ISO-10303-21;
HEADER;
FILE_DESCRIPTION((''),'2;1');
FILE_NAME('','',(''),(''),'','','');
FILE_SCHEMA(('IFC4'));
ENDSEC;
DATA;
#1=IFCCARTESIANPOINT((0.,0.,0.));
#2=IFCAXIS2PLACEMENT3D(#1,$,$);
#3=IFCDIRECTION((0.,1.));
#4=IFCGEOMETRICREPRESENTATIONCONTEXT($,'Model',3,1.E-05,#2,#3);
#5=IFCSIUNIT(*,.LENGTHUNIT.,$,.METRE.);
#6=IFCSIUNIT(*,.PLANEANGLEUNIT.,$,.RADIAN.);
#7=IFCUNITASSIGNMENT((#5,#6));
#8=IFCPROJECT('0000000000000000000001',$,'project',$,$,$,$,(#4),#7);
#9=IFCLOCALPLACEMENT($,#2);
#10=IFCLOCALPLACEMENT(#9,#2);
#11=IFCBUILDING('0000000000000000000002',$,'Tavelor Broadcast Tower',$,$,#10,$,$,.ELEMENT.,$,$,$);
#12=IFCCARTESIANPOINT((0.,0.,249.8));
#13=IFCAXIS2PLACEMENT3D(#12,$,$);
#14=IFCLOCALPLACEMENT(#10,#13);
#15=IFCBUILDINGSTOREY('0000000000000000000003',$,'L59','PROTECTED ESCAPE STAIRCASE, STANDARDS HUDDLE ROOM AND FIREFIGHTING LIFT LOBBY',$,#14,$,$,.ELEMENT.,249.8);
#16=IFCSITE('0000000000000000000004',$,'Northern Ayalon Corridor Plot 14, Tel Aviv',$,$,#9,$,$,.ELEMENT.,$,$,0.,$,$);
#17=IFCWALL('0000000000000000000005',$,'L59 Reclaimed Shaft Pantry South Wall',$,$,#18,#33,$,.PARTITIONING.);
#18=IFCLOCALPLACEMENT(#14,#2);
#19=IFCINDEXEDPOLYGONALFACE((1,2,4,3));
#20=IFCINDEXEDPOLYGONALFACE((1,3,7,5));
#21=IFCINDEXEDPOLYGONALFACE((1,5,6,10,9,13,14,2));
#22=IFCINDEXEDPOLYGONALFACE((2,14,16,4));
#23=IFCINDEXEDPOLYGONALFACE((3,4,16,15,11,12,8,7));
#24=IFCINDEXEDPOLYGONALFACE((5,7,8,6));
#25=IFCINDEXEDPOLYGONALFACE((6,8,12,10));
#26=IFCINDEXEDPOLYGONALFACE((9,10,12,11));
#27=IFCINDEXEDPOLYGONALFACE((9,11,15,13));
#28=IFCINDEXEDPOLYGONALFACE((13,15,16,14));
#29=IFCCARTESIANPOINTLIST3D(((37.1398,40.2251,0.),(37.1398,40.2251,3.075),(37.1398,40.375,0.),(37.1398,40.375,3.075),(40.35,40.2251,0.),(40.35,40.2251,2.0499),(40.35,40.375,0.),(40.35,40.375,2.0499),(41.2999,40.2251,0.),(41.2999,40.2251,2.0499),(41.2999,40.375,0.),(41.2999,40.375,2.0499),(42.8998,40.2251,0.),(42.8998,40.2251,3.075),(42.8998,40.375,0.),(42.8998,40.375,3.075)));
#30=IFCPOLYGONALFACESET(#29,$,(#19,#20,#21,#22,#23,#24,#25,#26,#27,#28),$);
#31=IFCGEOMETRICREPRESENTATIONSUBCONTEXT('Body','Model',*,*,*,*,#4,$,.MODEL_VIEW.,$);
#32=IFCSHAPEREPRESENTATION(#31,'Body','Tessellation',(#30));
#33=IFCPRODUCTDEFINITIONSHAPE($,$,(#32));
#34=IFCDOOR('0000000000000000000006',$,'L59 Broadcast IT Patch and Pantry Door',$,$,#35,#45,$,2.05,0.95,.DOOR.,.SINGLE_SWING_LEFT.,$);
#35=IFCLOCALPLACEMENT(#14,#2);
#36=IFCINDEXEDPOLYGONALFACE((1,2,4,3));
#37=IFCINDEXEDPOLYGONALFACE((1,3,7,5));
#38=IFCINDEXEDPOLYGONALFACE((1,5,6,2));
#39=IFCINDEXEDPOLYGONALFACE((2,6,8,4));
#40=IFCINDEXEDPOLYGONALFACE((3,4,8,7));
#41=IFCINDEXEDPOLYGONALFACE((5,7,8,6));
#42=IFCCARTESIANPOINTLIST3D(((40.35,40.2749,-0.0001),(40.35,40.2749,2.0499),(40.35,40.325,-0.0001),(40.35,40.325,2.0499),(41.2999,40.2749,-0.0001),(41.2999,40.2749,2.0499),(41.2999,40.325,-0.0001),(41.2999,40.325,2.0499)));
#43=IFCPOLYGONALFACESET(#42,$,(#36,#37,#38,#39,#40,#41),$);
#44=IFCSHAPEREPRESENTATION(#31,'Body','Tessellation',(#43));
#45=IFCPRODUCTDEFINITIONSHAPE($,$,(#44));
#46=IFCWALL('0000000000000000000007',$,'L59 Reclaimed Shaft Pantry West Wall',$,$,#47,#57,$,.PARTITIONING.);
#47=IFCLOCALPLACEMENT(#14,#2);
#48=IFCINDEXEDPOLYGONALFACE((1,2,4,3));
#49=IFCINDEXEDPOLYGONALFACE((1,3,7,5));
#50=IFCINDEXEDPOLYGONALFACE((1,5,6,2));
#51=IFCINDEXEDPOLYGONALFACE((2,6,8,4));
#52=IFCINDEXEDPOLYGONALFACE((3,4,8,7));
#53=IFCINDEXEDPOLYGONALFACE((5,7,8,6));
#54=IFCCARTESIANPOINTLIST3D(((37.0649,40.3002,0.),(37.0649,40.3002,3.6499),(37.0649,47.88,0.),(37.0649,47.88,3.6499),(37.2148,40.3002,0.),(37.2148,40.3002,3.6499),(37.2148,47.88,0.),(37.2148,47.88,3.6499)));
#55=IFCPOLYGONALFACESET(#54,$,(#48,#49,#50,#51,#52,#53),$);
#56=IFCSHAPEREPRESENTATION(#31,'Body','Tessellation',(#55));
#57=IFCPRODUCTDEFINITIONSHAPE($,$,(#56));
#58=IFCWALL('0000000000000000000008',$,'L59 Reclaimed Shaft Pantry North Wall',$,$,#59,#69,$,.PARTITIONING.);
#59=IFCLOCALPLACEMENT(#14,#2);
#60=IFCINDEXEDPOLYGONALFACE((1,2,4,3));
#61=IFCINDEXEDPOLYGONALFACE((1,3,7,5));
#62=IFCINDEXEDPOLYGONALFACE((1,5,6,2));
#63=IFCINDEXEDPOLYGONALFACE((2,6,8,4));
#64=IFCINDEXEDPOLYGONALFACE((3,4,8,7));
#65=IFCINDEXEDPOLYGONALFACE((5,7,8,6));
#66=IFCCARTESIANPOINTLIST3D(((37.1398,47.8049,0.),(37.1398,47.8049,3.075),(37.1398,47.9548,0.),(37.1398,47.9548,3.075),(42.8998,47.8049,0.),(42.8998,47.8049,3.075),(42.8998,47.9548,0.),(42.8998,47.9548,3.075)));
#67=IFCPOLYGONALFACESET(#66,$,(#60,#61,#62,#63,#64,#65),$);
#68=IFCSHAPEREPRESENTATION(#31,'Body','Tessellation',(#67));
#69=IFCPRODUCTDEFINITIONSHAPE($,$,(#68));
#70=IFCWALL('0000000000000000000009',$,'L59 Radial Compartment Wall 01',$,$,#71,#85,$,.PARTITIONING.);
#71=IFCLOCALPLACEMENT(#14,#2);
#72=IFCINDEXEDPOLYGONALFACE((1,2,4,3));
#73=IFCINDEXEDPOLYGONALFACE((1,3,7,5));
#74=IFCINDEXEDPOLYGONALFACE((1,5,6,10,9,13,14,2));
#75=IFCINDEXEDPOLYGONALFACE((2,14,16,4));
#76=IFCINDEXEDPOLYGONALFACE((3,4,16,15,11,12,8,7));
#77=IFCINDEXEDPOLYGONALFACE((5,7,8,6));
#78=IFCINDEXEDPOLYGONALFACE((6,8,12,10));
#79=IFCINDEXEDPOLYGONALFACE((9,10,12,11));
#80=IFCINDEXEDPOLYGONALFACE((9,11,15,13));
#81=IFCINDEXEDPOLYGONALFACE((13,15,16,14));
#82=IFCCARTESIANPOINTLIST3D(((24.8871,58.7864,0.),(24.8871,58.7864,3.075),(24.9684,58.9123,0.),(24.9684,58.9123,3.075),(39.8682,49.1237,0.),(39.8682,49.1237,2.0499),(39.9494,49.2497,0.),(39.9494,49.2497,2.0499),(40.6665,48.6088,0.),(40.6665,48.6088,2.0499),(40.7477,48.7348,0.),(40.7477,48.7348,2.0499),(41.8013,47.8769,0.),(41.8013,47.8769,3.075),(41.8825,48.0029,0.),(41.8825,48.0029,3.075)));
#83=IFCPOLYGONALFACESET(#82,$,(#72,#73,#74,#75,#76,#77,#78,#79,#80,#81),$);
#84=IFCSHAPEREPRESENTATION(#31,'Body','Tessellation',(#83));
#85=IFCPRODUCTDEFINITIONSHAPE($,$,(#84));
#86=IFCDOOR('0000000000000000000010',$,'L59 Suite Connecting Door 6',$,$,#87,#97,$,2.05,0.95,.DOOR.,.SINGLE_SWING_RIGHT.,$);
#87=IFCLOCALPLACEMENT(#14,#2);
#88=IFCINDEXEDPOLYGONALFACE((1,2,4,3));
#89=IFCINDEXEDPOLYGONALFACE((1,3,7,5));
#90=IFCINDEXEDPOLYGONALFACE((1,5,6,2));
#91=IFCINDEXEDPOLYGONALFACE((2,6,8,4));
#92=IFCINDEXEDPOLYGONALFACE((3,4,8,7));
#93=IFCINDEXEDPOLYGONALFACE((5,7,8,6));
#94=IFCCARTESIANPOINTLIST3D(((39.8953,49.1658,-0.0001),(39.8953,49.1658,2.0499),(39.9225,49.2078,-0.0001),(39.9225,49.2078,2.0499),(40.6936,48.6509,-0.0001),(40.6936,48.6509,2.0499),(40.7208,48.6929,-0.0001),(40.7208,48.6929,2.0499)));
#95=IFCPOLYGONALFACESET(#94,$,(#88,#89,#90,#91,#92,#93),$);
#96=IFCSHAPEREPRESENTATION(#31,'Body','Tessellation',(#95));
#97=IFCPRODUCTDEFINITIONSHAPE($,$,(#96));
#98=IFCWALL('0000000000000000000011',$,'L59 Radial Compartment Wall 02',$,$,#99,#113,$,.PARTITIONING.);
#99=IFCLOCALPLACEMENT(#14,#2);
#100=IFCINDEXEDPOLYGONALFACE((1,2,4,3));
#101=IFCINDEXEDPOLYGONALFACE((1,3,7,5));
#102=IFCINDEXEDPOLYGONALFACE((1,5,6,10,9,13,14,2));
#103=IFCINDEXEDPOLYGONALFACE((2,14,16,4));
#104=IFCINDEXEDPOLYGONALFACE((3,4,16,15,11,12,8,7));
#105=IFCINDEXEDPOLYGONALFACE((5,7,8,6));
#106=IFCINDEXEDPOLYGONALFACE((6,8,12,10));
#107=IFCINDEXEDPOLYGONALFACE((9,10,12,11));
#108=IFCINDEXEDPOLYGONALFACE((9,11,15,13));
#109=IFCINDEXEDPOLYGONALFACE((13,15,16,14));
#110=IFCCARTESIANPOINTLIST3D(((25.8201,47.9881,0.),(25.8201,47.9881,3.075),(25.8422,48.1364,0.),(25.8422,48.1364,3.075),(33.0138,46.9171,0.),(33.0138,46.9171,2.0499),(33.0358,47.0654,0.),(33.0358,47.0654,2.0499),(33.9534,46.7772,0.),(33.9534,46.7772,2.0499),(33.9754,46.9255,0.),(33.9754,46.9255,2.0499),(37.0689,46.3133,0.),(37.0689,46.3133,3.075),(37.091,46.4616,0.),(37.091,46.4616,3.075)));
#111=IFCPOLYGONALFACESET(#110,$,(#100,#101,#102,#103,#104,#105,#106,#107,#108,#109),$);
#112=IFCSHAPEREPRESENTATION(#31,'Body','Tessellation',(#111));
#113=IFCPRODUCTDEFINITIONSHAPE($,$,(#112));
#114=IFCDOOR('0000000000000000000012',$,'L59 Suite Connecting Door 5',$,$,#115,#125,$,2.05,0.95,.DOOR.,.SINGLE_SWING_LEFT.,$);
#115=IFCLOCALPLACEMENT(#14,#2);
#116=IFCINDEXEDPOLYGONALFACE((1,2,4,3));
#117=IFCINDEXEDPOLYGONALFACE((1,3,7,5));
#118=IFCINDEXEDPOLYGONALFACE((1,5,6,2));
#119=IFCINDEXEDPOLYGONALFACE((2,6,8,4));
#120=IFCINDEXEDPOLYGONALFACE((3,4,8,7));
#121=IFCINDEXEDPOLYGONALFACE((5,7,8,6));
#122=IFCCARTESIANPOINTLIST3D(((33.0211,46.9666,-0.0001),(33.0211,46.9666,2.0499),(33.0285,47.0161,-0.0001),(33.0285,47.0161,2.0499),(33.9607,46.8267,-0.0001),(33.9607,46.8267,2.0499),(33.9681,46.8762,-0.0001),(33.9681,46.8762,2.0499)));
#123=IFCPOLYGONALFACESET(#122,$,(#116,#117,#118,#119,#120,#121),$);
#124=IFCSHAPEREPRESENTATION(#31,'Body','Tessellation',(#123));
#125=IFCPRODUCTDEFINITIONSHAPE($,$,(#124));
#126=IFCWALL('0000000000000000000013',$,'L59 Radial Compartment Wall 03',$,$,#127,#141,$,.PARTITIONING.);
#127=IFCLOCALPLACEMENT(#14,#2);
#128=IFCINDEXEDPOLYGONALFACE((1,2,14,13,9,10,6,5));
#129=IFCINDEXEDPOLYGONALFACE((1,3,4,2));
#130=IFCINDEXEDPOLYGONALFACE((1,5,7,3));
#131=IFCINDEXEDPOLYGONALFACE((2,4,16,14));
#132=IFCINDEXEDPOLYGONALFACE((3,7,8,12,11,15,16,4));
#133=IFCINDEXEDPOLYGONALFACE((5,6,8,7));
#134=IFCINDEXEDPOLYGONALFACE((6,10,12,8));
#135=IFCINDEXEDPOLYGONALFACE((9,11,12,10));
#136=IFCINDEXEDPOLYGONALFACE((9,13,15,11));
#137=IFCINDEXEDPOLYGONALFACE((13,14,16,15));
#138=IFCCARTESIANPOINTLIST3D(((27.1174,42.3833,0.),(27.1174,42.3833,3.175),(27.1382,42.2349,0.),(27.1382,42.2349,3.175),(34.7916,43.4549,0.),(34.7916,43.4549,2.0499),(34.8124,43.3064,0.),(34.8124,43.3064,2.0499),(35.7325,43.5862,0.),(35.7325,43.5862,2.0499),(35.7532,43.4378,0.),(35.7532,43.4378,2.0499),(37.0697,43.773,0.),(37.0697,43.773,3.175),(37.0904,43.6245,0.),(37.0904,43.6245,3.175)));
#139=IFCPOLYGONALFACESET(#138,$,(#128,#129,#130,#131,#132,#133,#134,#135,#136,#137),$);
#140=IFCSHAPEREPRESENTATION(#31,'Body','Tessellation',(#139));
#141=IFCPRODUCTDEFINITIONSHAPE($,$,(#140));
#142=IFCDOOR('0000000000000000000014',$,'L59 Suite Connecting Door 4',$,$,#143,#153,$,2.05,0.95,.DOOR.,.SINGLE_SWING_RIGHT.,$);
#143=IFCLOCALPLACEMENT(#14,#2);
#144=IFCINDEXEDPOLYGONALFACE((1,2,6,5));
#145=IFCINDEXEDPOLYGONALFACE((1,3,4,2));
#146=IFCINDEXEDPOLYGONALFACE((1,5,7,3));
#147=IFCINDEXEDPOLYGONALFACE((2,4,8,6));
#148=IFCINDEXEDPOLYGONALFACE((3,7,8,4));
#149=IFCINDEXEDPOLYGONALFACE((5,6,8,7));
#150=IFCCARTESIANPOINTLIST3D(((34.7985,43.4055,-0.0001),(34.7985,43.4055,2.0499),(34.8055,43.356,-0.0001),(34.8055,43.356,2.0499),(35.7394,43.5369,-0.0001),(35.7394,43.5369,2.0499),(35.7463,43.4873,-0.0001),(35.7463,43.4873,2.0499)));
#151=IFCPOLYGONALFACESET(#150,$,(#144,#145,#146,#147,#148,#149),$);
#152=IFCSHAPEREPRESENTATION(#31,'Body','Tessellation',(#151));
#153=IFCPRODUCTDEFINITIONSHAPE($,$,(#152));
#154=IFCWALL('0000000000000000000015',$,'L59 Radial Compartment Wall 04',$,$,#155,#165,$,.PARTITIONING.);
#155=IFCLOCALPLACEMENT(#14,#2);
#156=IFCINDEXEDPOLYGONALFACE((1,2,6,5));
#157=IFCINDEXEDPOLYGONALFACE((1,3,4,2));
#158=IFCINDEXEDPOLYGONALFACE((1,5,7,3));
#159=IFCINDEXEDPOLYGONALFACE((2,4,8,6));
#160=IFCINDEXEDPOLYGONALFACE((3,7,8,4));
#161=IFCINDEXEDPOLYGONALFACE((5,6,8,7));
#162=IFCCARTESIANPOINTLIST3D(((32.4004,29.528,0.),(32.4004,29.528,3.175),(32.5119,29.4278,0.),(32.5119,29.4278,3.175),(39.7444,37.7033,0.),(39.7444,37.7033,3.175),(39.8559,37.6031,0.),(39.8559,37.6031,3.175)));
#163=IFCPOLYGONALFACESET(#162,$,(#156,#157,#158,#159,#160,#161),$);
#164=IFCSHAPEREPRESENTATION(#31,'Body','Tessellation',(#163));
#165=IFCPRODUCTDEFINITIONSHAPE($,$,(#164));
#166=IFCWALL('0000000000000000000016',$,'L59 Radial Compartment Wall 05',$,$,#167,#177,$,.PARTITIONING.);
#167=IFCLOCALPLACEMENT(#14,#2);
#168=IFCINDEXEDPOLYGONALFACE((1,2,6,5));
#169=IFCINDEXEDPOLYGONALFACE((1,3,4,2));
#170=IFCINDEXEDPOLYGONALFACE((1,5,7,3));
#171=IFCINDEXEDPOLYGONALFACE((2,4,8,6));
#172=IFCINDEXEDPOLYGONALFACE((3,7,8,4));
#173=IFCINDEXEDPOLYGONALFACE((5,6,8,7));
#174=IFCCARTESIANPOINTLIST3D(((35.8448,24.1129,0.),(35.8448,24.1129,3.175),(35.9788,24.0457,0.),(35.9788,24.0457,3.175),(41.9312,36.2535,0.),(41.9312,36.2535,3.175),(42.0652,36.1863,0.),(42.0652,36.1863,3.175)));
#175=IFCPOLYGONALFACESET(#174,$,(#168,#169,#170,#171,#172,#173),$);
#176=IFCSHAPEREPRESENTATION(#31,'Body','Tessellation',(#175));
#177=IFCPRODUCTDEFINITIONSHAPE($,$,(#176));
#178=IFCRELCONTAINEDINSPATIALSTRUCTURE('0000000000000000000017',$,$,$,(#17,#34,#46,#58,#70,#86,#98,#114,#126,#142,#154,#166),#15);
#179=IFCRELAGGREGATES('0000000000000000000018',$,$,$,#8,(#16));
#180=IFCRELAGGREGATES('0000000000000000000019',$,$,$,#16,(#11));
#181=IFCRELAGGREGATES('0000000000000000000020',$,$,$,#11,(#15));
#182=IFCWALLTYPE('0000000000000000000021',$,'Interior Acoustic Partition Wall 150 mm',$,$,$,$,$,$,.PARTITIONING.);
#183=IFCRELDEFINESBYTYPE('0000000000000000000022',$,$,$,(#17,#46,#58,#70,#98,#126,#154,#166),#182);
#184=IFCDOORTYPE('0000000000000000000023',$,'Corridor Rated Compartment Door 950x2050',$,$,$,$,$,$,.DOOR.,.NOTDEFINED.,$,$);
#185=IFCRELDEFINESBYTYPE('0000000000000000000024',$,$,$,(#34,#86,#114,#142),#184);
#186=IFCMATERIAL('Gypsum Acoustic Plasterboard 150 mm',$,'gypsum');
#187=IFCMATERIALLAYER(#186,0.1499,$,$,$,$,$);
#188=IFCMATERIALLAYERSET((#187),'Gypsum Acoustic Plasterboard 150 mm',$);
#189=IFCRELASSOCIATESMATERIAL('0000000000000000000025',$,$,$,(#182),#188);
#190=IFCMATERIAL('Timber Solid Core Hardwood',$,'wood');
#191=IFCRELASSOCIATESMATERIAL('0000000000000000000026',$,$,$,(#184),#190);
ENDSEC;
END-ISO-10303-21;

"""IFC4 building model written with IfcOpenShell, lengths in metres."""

from ifc_helpers import new_model, si_unit, direction, frame, frame_2d, origin, place, context, subcontext, project, spatial, rectangle, extrude, material, layer, layer_set, type_object, element, fill, save


model = new_model("IFC4")

# Units and contexts
model_context = context("Model", 3, precision=1e-05, world=origin(), true_north=direction((0.0, 1.0)))
body_context = subcontext(model_context, "Body", "Model", "MODEL_VIEW")
ifc_project = project(units=[si_unit("LENGTHUNIT", "METRE"), si_unit("PLANEANGLEUNIT", "RADIAN")], contexts=[model_context])

# Site, building, storey
site_placement = place(None, origin())
site = spatial("IfcSite", under=ifc_project, at=site_placement, Name="Northern Ayalon Corridor Plot 14, Tel Aviv", CompositionType="ELEMENT", RefElevation=0.0)
building_placement = place(site_placement, origin())
building = spatial("IfcBuilding", under=site, at=building_placement, Name="Tavelor Broadcast Tower", CompositionType="ELEMENT")
storey_placement = place(building_placement, frame((0.0, 0.0, 249.8)))
storey = spatial("IfcBuildingStorey", under=building, at=storey_placement, Name="L59", Description="PROTECTED ESCAPE STAIRCASE, STANDARDS HUDDLE ROOM AND FIREFIGHTING LIFT LOBBY", CompositionType="ELEMENT", Elevation=249.8)

# Wall, opening, door
ifc_material_1 = material(Name="Gypsum Acoustic Plasterboard 150 mm", Category="gypsum")
ifc_layer_1 = layer(ifc_material_1, 0.1499)
ifc_layer_set_1 = layer_set([ifc_layer_1], Name="Gypsum Acoustic Plasterboard 150 mm")
wall_type_1 = type_object("IfcWallType", Name="Interior Acoustic Partition Wall 150 mm", PredefinedType="PARTITIONING", material=ifc_layer_set_1)
wall_1_placement = place(storey_placement, frame((37.1399, 40.3, 0.0), z_axis=(0.0, 0.0, 1.0), x_axis=(1.0, 0.0, 0.0)))
wall_1 = element("IfcWall", 1, at=wall_1_placement, inside=storey, type_object=wall_type_1, Name="L59 Reclaimed Shaft Pantry South Wall", PredefinedType="PARTITIONING", context=body_context, shape_type="SweptSolid", body=[
    extrude(rectangle(XDim=5.76, YDim=0.1499, at=frame_2d((2.8799, 0.0))), origin(), (0.0, 0.0, 1.0), 3.075),
])
opening_1_placement = place(wall_1_placement, frame((3.21, 0.0, 0.0)))
opening_1 = element("IfcOpeningElement", 2, at=opening_1_placement, cuts=wall_1, PredefinedType="OPENING", context=body_context, shape_type="SweptSolid", body=[
    extrude(rectangle(XDim=0.95, YDim=2.05, at=frame_2d((0.4751, 1.0249))), frame((0.0, 0.085, 0.0), z_axis=(0.0, -1.0, 0.0), x_axis=(1.0, 0.0, 0.0)), (0.0, 0.0, 1.0), 0.1699),
])
ifc_material_2 = material(Name="Timber Solid Core Hardwood", Category="wood")
door_type_1 = type_object("IfcDoorType", Name="Corridor Rated Compartment Door 950x2050", OperationType="NOTDEFINED", PredefinedType="DOOR", material=ifc_material_2)
door_1_placement = place(opening_1_placement, origin())
door_1 = element("IfcDoor", 3, at=door_1_placement, inside=storey, type_object=door_type_1, Name="L59 Broadcast IT Patch and Pantry Door", OperationType="SINGLE_SWING_LEFT", OverallHeight=2.05, OverallWidth=0.95, PredefinedType="DOOR", context=body_context, shape_type="SweptSolid", body=[
    extrude(rectangle(XDim=0.95, YDim=2.05, at=frame_2d((0.4751, 1.0249))), frame((0.0, 0.0249, 0.0), z_axis=(0.0, -1.0, 0.0), x_axis=(1.0, 0.0, 0.0)), (0.0, 0.0, 1.0), 0.05),
])
fill(opening_1, door_1)

# Walls
wall_2_placement = place(storey_placement, frame((37.1399, 40.3, 0.0), z_axis=(0.0, 0.0, 1.0), x_axis=(0.0, 1.0, 0.0)))
element("IfcWall", 4, at=wall_2_placement, inside=storey, type_object=wall_type_1, Name="L59 Reclaimed Shaft Pantry West Wall", PredefinedType="PARTITIONING", context=body_context, shape_type="SweptSolid", body=[
    extrude(rectangle(XDim=7.5798, YDim=0.1499, at=frame_2d((3.79, 0.0))), origin(), (0.0, 0.0, 1.0), 3.6499),
])
wall_3_placement = place(storey_placement, frame((37.1399, 47.8799, 0.0), z_axis=(0.0, 0.0, 1.0), x_axis=(1.0, 0.0, 0.0)))
element("IfcWall", 5, at=wall_3_placement, inside=storey, type_object=wall_type_1, Name="L59 Reclaimed Shaft Pantry North Wall", PredefinedType="PARTITIONING", context=body_context, shape_type="SweptSolid", body=[
    extrude(rectangle(XDim=5.76, YDim=0.1499, at=frame_2d((2.8799, 0.0))), origin(), (0.0, 0.0, 1.0), 3.075),
])

# Walls, openings, doors
wall_4_placement = place(storey_placement, frame((41.8418, 47.9399, 0.0), z_axis=(0.0, 0.0, 1.0), x_axis=(-0.840362, 0.542026, 0.0)))
wall_4 = element("IfcWall", 6, at=wall_4_placement, inside=storey, type_object=wall_type_1, Name="L59 Radial Compartment Wall 01", PredefinedType="PARTITIONING", context=body_context, shape_type="SweptSolid", body=[
    extrude(rectangle(XDim=20.1272, YDim=0.1499, at=frame_2d((10.0635, 0.0))), origin(), (0.0, 0.0, 1.0), 3.075),
])
opening_2_placement = place(wall_4_placement, frame((1.3501, 0.0, 0.0)))
opening_2 = element("IfcOpeningElement", 7, at=opening_2_placement, cuts=wall_4, PredefinedType="OPENING", context=body_context, shape_type="SweptSolid", body=[
    extrude(rectangle(XDim=0.95, YDim=2.05, at=frame_2d((0.4751, 1.0249))), frame((0.0, 0.085, 0.0), z_axis=(0.0, -1.0, 0.0), x_axis=(1.0, 0.0, 0.0)), (0.0, 0.0, 1.0), 0.1699),
])
door_2_placement = place(opening_2_placement, origin())
door_2 = element("IfcDoor", 8, at=door_2_placement, inside=storey, type_object=door_type_1, Name="L59 Suite Connecting Door 6", OperationType="SINGLE_SWING_RIGHT", OverallHeight=2.05, OverallWidth=0.95, PredefinedType="DOOR", context=body_context, shape_type="SweptSolid", body=[
    extrude(rectangle(XDim=0.95, YDim=2.05, at=frame_2d((0.4751, 1.0249))), frame((0.0, 0.0249, 0.0), z_axis=(0.0, -1.0, 0.0), x_axis=(1.0, 0.0, 0.0)), (0.0, 0.0, 1.0), 0.05),
])
fill(opening_2, door_2)
wall_5_placement = place(storey_placement, frame((37.0801, 46.3875, 0.0), z_axis=(0.0, 0.0, 1.0), x_axis=(-0.989097, 0.147264, 0.0)))
wall_5 = element("IfcWall", 9, at=wall_5_placement, inside=storey, type_object=wall_type_1, Name="L59 Radial Compartment Wall 02", PredefinedType="PARTITIONING", context=body_context, shape_type="SweptSolid", body=[
    extrude(rectangle(XDim=11.3728, YDim=0.1499, at=frame_2d((5.6865, 0.0))), origin(), (0.0, 0.0, 1.0), 3.075),
])
opening_3_placement = place(wall_5_placement, frame((3.1499, 0.0, 0.0)))
opening_3 = element("IfcOpeningElement", 10, at=opening_3_placement, cuts=wall_5, PredefinedType="OPENING", context=body_context, shape_type="SweptSolid", body=[
    extrude(rectangle(XDim=0.95, YDim=2.05, at=frame_2d((0.4751, 1.0249))), frame((0.0, 0.085, 0.0), z_axis=(0.0, -1.0, 0.0), x_axis=(1.0, 0.0, 0.0)), (0.0, 0.0, 1.0), 0.1699),
])
door_3_placement = place(opening_3_placement, origin())
door_3 = element("IfcDoor", 11, at=door_3_placement, inside=storey, type_object=door_type_1, Name="L59 Suite Connecting Door 5", OperationType="SINGLE_SWING_LEFT", OverallHeight=2.05, OverallWidth=0.95, PredefinedType="DOOR", context=body_context, shape_type="SweptSolid", body=[
    extrude(rectangle(XDim=0.95, YDim=2.05, at=frame_2d((0.4751, 1.0249))), frame((0.0, 0.0249, 0.0), z_axis=(0.0, -1.0, 0.0), x_axis=(1.0, 0.0, 0.0)), (0.0, 0.0, 1.0), 0.05),
])
fill(opening_3, door_3)
wall_6_placement = place(storey_placement, frame((37.0801, 43.6987, 0.0), z_axis=(0.0, 0.0, 1.0), x_axis=(-0.990392, -0.138288, 0.0)))
wall_6 = element("IfcWall", 12, at=wall_6_placement, inside=storey, type_object=wall_type_1, Name="L59 Radial Compartment Wall 03", PredefinedType="PARTITIONING", context=body_context, shape_type="SweptSolid", body=[
    extrude(rectangle(XDim=10.0488, YDim=0.1499, at=frame_2d((5.0244, 0.0))), origin(), (0.0, 0.0, 1.0), 3.175),
])
opening_4_placement = place(wall_6_placement, frame((1.3501, 0.0, 0.0)))
opening_4 = element("IfcOpeningElement", 13, at=opening_4_placement, cuts=wall_6, PredefinedType="OPENING", context=body_context, shape_type="SweptSolid", body=[
    extrude(rectangle(XDim=0.95, YDim=2.05, at=frame_2d((0.4751, 1.0249))), frame((0.0, 0.085, 0.0), z_axis=(0.0, -1.0, 0.0), x_axis=(1.0, 0.0, 0.0)), (0.0, 0.0, 1.0), 0.1699),
])
door_4_placement = place(opening_4_placement, origin())
door_4 = element("IfcDoor", 14, at=door_4_placement, inside=storey, type_object=door_type_1, Name="L59 Suite Connecting Door 4", OperationType="SINGLE_SWING_RIGHT", OverallHeight=2.05, OverallWidth=0.95, PredefinedType="DOOR", context=body_context, shape_type="SweptSolid", body=[
    extrude(rectangle(XDim=0.95, YDim=2.05, at=frame_2d((0.4751, 1.0249))), frame((0.0, 0.0249, 0.0), z_axis=(0.0, -1.0, 0.0), x_axis=(1.0, 0.0, 0.0)), (0.0, 0.0, 1.0), 0.05),
])
fill(opening_4, door_4)

# Walls
wall_7_placement = place(storey_placement, frame((39.8, 37.6531, 0.0), z_axis=(0.0, 0.0, 1.0), x_axis=(-0.668272, -0.743917, 0.0)))
element("IfcWall", 15, at=wall_7_placement, inside=storey, type_object=wall_type_1, Name="L59 Radial Compartment Wall 04", PredefinedType="PARTITIONING", context=body_context, shape_type="SweptSolid", body=[
    extrude(rectangle(XDim=10.9895, YDim=0.1499, at=frame_2d((5.4946, 0.0))), origin(), (0.0, 0.0, 1.0), 3.175),
])
wall_8_placement = place(storey_placement, frame((41.9983, 36.22, 0.0), z_axis=(0.0, 0.0, 1.0), x_axis=(-0.448163, -0.893952, 0.0)))
element("IfcWall", 16, at=wall_8_placement, inside=storey, type_object=wall_type_1, Name="L59 Radial Compartment Wall 05", PredefinedType="PARTITIONING", context=body_context, shape_type="SweptSolid", body=[
    extrude(rectangle(XDim=13.5808, YDim=0.1499, at=frame_2d((6.7905, 0.0))), origin(), (0.0, 0.0, 1.0), 3.175),
])

save(model, "model.ifc")
